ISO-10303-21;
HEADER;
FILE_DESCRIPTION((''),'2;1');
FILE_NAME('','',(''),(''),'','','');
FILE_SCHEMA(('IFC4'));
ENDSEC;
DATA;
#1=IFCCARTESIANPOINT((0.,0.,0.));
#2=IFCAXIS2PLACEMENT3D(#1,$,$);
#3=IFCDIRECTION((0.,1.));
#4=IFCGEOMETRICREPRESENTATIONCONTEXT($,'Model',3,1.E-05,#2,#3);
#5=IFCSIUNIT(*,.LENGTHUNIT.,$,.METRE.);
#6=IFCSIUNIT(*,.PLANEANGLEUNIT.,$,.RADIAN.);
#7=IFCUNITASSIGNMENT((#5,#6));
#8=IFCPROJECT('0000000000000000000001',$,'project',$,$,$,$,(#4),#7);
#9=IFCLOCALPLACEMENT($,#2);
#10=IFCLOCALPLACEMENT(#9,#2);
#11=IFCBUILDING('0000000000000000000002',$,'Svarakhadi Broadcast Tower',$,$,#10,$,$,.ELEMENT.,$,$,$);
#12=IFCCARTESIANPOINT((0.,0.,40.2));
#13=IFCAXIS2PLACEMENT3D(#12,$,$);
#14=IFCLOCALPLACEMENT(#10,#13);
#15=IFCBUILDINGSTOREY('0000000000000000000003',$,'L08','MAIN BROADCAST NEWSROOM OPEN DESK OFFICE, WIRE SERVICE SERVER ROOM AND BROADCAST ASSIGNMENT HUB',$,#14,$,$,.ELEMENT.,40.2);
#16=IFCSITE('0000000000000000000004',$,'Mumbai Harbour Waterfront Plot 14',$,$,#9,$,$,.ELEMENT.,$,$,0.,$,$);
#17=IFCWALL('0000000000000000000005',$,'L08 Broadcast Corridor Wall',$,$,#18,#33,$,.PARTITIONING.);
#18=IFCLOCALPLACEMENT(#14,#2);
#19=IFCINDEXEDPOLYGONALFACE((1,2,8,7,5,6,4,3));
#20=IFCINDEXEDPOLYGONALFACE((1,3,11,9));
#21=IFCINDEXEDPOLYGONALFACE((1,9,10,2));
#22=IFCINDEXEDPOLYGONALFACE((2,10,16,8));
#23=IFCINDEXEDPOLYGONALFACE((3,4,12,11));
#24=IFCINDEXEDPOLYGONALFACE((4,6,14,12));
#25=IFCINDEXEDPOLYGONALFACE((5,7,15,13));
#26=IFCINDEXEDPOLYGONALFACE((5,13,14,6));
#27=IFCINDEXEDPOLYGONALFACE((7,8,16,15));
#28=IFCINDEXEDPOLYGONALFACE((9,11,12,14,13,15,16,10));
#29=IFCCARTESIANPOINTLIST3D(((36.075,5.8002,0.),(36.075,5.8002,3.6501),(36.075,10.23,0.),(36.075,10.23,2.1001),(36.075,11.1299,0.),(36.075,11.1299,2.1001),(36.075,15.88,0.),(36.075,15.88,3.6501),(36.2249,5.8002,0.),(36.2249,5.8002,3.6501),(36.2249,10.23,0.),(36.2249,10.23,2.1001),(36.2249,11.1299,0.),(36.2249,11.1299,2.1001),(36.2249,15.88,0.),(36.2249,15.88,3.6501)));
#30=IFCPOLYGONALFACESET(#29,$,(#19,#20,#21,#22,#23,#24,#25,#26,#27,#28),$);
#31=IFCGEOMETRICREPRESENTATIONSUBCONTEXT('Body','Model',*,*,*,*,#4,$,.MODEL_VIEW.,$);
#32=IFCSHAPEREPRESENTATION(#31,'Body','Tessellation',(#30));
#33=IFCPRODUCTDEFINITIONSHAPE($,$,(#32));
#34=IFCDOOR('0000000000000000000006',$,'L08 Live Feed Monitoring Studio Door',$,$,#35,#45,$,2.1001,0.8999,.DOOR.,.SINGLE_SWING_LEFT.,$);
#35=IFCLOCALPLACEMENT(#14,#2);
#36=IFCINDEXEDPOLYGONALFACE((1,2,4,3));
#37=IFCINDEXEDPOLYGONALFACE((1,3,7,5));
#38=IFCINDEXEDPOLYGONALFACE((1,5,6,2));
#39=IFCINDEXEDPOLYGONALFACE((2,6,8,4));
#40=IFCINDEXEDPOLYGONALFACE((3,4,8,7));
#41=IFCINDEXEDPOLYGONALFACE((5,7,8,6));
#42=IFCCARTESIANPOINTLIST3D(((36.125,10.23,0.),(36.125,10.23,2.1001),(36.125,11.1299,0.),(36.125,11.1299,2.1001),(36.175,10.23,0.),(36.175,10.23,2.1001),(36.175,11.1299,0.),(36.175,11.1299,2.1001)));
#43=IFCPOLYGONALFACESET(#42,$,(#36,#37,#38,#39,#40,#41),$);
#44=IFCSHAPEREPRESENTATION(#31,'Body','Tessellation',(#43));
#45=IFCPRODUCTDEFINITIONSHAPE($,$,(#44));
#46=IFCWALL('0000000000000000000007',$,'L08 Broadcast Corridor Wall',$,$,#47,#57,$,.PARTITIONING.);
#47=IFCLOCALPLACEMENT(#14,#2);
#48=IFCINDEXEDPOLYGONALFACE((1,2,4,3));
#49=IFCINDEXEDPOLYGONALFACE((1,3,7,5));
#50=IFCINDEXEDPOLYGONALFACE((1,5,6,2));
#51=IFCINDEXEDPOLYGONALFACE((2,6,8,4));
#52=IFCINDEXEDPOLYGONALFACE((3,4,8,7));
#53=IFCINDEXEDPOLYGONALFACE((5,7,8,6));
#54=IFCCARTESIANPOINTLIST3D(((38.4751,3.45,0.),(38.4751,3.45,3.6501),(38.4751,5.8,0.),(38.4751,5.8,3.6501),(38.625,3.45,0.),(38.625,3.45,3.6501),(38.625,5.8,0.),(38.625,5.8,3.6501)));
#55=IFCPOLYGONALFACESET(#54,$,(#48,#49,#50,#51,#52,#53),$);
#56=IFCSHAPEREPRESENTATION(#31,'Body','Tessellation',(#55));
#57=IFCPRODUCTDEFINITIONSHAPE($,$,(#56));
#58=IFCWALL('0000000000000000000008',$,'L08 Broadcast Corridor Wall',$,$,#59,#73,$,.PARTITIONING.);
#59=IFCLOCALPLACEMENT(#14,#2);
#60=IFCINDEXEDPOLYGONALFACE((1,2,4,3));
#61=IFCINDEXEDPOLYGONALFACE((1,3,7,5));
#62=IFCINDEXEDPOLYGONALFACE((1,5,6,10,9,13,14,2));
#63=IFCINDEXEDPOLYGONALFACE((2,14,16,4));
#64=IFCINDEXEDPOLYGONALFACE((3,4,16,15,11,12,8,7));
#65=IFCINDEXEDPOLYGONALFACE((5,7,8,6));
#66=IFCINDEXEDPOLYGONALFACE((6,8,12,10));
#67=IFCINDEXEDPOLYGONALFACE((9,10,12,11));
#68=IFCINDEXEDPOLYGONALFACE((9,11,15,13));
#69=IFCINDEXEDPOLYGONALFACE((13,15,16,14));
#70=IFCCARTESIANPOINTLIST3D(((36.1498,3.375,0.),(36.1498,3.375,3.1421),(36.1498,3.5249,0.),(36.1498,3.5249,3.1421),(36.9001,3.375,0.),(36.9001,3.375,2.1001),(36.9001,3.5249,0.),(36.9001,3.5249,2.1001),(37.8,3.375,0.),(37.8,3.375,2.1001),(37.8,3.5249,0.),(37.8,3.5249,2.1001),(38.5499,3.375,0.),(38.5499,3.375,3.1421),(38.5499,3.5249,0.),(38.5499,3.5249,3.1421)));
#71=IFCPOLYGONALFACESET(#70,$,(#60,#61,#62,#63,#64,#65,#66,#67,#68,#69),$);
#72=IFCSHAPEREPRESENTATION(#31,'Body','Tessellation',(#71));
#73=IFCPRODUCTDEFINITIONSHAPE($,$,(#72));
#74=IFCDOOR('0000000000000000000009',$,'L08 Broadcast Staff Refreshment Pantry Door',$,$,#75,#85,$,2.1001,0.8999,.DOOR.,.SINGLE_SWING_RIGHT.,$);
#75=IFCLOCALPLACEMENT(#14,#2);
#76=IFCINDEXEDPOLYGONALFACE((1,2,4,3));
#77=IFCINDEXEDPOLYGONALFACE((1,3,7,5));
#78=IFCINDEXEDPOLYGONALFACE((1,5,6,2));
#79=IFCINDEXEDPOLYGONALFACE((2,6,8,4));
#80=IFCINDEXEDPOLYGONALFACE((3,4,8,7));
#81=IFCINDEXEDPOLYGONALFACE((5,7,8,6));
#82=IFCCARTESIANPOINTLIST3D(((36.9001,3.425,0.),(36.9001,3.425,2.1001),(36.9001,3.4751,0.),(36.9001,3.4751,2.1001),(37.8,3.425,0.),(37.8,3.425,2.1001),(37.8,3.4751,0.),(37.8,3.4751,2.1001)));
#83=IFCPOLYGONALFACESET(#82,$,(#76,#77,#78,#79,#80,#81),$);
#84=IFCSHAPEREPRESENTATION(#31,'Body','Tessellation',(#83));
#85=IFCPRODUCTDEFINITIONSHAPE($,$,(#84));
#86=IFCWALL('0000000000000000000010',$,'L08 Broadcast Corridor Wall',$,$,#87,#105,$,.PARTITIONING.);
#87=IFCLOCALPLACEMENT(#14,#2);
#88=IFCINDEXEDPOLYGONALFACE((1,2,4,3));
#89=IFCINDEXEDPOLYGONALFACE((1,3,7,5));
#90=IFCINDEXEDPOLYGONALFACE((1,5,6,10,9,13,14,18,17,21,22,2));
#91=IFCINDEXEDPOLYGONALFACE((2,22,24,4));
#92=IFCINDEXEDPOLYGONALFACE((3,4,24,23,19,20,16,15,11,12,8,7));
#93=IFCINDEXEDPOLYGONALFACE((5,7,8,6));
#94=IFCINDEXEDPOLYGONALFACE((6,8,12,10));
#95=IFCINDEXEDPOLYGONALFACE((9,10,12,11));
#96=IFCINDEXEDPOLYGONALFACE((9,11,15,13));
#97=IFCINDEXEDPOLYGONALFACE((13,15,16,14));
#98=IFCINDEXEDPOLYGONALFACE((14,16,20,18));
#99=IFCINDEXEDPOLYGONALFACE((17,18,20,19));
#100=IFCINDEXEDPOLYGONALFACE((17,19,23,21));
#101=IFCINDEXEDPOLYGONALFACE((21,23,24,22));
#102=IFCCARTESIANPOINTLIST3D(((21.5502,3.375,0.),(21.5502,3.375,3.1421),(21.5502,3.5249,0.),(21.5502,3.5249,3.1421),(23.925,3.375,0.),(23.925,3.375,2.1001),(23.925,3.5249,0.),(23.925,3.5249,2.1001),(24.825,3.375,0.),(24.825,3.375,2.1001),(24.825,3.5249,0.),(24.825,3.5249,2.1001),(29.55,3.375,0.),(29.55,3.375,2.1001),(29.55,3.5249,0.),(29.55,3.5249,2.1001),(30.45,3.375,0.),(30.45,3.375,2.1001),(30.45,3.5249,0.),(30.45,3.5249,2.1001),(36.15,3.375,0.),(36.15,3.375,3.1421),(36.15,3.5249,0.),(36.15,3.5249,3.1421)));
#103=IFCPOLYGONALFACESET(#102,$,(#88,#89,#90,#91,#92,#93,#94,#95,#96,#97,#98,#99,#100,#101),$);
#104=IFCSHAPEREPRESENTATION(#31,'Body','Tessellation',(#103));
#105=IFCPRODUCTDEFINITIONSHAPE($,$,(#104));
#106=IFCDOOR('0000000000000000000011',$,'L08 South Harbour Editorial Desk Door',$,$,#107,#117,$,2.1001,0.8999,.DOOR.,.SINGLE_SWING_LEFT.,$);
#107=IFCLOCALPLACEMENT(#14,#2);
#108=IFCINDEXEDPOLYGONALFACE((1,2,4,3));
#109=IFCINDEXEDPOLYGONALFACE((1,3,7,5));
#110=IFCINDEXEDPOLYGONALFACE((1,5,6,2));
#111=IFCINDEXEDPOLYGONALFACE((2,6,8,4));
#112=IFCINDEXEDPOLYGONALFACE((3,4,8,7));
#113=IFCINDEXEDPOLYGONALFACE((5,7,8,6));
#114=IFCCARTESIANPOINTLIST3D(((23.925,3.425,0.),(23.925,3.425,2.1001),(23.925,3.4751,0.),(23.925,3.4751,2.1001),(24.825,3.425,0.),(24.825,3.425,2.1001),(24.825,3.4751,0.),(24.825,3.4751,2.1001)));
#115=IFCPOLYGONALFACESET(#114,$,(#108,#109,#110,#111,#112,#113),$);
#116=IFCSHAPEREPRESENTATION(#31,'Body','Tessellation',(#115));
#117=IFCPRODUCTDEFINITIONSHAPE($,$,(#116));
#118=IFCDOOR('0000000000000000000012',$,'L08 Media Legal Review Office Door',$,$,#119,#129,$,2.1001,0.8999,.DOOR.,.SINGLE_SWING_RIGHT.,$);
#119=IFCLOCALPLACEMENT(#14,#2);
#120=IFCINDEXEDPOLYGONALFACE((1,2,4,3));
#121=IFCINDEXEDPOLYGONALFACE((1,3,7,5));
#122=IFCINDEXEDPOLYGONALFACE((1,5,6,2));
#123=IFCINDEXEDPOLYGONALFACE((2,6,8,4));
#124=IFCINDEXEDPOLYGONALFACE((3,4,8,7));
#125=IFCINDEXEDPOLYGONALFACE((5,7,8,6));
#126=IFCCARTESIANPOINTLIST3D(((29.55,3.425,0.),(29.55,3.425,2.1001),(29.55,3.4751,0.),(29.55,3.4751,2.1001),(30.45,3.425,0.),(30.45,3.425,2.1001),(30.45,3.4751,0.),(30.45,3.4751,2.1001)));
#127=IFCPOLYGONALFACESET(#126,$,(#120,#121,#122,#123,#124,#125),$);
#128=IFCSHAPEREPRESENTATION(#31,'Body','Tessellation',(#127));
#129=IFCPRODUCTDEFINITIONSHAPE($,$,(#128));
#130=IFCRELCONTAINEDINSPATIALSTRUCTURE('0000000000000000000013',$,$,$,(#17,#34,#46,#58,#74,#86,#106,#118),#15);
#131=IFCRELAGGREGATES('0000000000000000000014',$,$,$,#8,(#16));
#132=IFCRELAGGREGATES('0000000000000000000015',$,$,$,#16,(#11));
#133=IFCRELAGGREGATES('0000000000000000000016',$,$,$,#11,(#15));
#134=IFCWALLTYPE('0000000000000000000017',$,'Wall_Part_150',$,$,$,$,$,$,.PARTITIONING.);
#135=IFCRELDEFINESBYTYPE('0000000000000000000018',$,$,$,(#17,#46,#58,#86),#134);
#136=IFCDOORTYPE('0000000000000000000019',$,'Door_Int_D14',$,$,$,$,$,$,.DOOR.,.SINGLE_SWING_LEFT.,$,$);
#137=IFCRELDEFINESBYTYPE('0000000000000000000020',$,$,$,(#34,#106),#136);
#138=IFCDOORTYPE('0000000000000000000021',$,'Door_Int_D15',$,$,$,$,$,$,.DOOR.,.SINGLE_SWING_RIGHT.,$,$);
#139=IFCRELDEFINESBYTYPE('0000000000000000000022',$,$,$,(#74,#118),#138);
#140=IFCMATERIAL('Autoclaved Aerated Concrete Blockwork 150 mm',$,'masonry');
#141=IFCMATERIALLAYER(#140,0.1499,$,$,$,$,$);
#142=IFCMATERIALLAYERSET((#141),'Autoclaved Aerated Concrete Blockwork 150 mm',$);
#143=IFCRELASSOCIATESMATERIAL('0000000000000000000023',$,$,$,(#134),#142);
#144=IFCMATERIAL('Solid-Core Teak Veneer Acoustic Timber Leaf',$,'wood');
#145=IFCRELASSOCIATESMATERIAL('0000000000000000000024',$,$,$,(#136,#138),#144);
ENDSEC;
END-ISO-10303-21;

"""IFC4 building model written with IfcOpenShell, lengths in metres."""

from ifc_helpers import new_model, si_unit, direction, frame, frame_2d, origin, place, context, subcontext, project, spatial, rectangle, extrude, material, layer, layer_set, type_object, element, fill, save


model = new_model("IFC4")

# Units and contexts
model_context = context("Model", 3, precision=1e-05, world=origin(), true_north=direction((0.0, 1.0)))
body_context = subcontext(model_context, "Body", "Model", "MODEL_VIEW")
ifc_project = project(units=[si_unit("LENGTHUNIT", "METRE"), si_unit("PLANEANGLEUNIT", "RADIAN")], contexts=[model_context])

# Site, building, storey
site_placement = place(None, origin())
site = spatial("IfcSite", under=ifc_project, at=site_placement, Name="Mumbai Harbour Waterfront Plot 14", CompositionType="ELEMENT", RefElevation=0.0)
building_placement = place(site_placement, origin())
building = spatial("IfcBuilding", under=site, at=building_placement, Name="Svarakhadi Broadcast Tower", CompositionType="ELEMENT")
storey_placement = place(building_placement, frame((0.0, 0.0, 40.2)))
storey = spatial("IfcBuildingStorey", under=building, at=storey_placement, Name="L08", Description="MAIN BROADCAST NEWSROOM OPEN DESK OFFICE, WIRE SERVICE SERVER ROOM AND BROADCAST ASSIGNMENT HUB", CompositionType="ELEMENT", Elevation=40.2)

# Wall, opening, door
ifc_material_1 = material(Name="Autoclaved Aerated Concrete Blockwork 150 mm", Category="masonry")
ifc_layer_1 = layer(ifc_material_1, 0.1499)
ifc_layer_set_1 = layer_set([ifc_layer_1], Name="Autoclaved Aerated Concrete Blockwork 150 mm")
wall_type_1 = type_object("IfcWallType", Name="Wall_Part_150", PredefinedType="PARTITIONING", material=ifc_layer_set_1)
wall_1_placement = place(storey_placement, frame((36.1499, 5.8, 0.0), z_axis=(0.0, 0.0, 1.0), x_axis=(0.0, 1.0, 0.0)))
wall_1 = element("IfcWall", 1, at=wall_1_placement, inside=storey, type_object=wall_type_1, Name="L08 Broadcast Corridor Wall", PredefinedType="PARTITIONING", context=body_context, shape_type="SweptSolid", body=[
    extrude(rectangle(XDim=10.0798, YDim=0.1499, at=frame_2d((5.04, 0.0))), origin(), (0.0, 0.0, 1.0), 3.6501),
])
opening_1_placement = place(wall_1_placement, frame((4.4299, 0.0, 0.0)))
opening_1 = element("IfcOpeningElement", 2, at=opening_1_placement, cuts=wall_1, PredefinedType="OPENING", context=body_context, shape_type="SweptSolid", body=[
    extrude(rectangle(XDim=0.8999, YDim=2.1001, at=frame_2d((0.45, 1.05))), frame((0.0, 0.085, 0.0), z_axis=(0.0, -1.0, 0.0), x_axis=(1.0, 0.0, 0.0)), (0.0, 0.0, 1.0), 0.1699),
])
ifc_material_2 = material(Name="Solid-Core Teak Veneer Acoustic Timber Leaf", Category="wood")
door_type_1 = type_object("IfcDoorType", Name="Door_Int_D14", OperationType="SINGLE_SWING_LEFT", PredefinedType="DOOR", material=ifc_material_2)
door_1_placement = place(opening_1_placement, origin())
door_1 = element("IfcDoor", 3, at=door_1_placement, inside=storey, type_object=door_type_1, Name="L08 Live Feed Monitoring Studio Door", OperationType="SINGLE_SWING_LEFT", OverallHeight=2.1001, OverallWidth=0.8999, PredefinedType="DOOR", context=body_context, shape_type="SweptSolid", body=[
    extrude(rectangle(XDim=0.8999, YDim=2.1001, at=frame_2d((0.45, 1.05))), frame((0.0, 0.0249, 0.0), z_axis=(0.0, -1.0, 0.0), x_axis=(1.0, 0.0, 0.0)), (0.0, 0.0, 1.0), 0.05),
])
fill(opening_1, door_1)

# Wall
wall_2_placement = place(storey_placement, frame((38.55, 5.8, 0.0), z_axis=(0.0, 0.0, 1.0), x_axis=(0.0, -1.0, 0.0)))
element("IfcWall", 4, at=wall_2_placement, inside=storey, type_object=wall_type_1, Name="L08 Broadcast Corridor Wall", PredefinedType="PARTITIONING", context=body_context, shape_type="SweptSolid", body=[
    extrude(rectangle(XDim=2.3501, YDim=0.1499, at=frame_2d((1.175, 0.0))), origin(), (0.0, 0.0, 1.0), 3.6501),
])

# Wall, opening, door
wall_3_placement = place(storey_placement, frame((38.55, 3.45, 0.0), z_axis=(0.0, 0.0, 1.0), x_axis=(-1.0, 0.0, 0.0)))
wall_3 = element("IfcWall", 5, at=wall_3_placement, inside=storey, type_object=wall_type_1, Name="L08 Broadcast Corridor Wall", PredefinedType="PARTITIONING", context=body_context, shape_type="SweptSolid", body=[
    extrude(rectangle(XDim=2.4001, YDim=0.1499, at=frame_2d((1.2002, 0.0))), origin(), (0.0, 0.0, 1.0), 3.1421),
])
opening_2_placement = place(wall_3_placement, frame((0.75, 0.0, 0.0)))
opening_2 = element("IfcOpeningElement", 6, at=opening_2_placement, cuts=wall_3, PredefinedType="OPENING", context=body_context, shape_type="SweptSolid", body=[
    extrude(rectangle(XDim=0.8999, YDim=2.1001, at=frame_2d((0.45, 1.05))), frame((0.0, 0.085, 0.0), z_axis=(0.0, -1.0, 0.0), x_axis=(1.0, 0.0, 0.0)), (0.0, 0.0, 1.0), 0.1699),
])
door_type_2 = type_object("IfcDoorType", Name="Door_Int_D15", OperationType="SINGLE_SWING_RIGHT", PredefinedType="DOOR", material=ifc_material_2)
door_2_placement = place(opening_2_placement, origin())
door_2 = element("IfcDoor", 7, at=door_2_placement, inside=storey, type_object=door_type_2, Name="L08 Broadcast Staff Refreshment Pantry Door", OperationType="SINGLE_SWING_RIGHT", OverallHeight=2.1001, OverallWidth=0.8999, PredefinedType="DOOR", context=body_context, shape_type="SweptSolid", body=[
    extrude(rectangle(XDim=0.8999, YDim=2.1001, at=frame_2d((0.45, 1.05))), frame((0.0, 0.0249, 0.0), z_axis=(0.0, -1.0, 0.0), x_axis=(1.0, 0.0, 0.0)), (0.0, 0.0, 1.0), 0.05),
])
fill(opening_2, door_2)

# Wall, openings, doors
wall_4_placement = place(storey_placement, frame((36.1499, 3.45, 0.0), z_axis=(0.0, 0.0, 1.0), x_axis=(-1.0, 0.0, 0.0)))
wall_4 = element("IfcWall", 8, at=wall_4_placement, inside=storey, type_object=wall_type_1, Name="L08 Broadcast Corridor Wall", PredefinedType="PARTITIONING", context=body_context, shape_type="SweptSolid", body=[
    extrude(rectangle(XDim=14.5999, YDim=0.1499, at=frame_2d((7.2998, 0.0))), origin(), (0.0, 0.0, 1.0), 3.1421),
])
opening_3_placement = place(wall_4_placement, frame((11.325, 0.0, 0.0)))
opening_3 = element("IfcOpeningElement", 9, at=opening_3_placement, cuts=wall_4, PredefinedType="OPENING", context=body_context, shape_type="SweptSolid", body=[
    extrude(rectangle(XDim=0.8999, YDim=2.1001, at=frame_2d((0.45, 1.05))), frame((0.0, 0.085, 0.0), z_axis=(0.0, -1.0, 0.0), x_axis=(1.0, 0.0, 0.0)), (0.0, 0.0, 1.0), 0.1699),
])
opening_4_placement = place(wall_4_placement, frame((5.7, 0.0, 0.0)))
opening_4 = element("IfcOpeningElement", 10, at=opening_4_placement, cuts=wall_4, PredefinedType="OPENING", context=body_context, shape_type="SweptSolid", body=[
    extrude(rectangle(XDim=0.8999, YDim=2.1001, at=frame_2d((0.45, 1.05))), frame((0.0, 0.085, 0.0), z_axis=(0.0, -1.0, 0.0), x_axis=(1.0, 0.0, 0.0)), (0.0, 0.0, 1.0), 0.1699),
])
door_3_placement = place(opening_3_placement, origin())
door_3 = element("IfcDoor", 11, at=door_3_placement, inside=storey, type_object=door_type_1, Name="L08 South Harbour Editorial Desk Door", OperationType="SINGLE_SWING_LEFT", OverallHeight=2.1001, OverallWidth=0.8999, PredefinedType="DOOR", context=body_context, shape_type="SweptSolid", body=[
    extrude(rectangle(XDim=0.8999, YDim=2.1001, at=frame_2d((0.45, 1.05))), frame((0.0, 0.0249, 0.0), z_axis=(0.0, -1.0, 0.0), x_axis=(1.0, 0.0, 0.0)), (0.0, 0.0, 1.0), 0.05),
])
fill(opening_3, door_3)
door_4_placement = place(opening_4_placement, origin())
door_4 = element("IfcDoor", 12, at=door_4_placement, inside=storey, type_object=door_type_2, Name="L08 Media Legal Review Office Door", OperationType="SINGLE_SWING_RIGHT", OverallHeight=2.1001, OverallWidth=0.8999, PredefinedType="DOOR", context=body_context, shape_type="SweptSolid", body=[
    extrude(rectangle(XDim=0.8999, YDim=2.1001, at=frame_2d((0.45, 1.05))), frame((0.0, 0.0249, 0.0), z_axis=(0.0, -1.0, 0.0), x_axis=(1.0, 0.0, 0.0)), (0.0, 0.0, 1.0), 0.05),
])
fill(opening_4, door_4)

save(model, "model.ifc")
